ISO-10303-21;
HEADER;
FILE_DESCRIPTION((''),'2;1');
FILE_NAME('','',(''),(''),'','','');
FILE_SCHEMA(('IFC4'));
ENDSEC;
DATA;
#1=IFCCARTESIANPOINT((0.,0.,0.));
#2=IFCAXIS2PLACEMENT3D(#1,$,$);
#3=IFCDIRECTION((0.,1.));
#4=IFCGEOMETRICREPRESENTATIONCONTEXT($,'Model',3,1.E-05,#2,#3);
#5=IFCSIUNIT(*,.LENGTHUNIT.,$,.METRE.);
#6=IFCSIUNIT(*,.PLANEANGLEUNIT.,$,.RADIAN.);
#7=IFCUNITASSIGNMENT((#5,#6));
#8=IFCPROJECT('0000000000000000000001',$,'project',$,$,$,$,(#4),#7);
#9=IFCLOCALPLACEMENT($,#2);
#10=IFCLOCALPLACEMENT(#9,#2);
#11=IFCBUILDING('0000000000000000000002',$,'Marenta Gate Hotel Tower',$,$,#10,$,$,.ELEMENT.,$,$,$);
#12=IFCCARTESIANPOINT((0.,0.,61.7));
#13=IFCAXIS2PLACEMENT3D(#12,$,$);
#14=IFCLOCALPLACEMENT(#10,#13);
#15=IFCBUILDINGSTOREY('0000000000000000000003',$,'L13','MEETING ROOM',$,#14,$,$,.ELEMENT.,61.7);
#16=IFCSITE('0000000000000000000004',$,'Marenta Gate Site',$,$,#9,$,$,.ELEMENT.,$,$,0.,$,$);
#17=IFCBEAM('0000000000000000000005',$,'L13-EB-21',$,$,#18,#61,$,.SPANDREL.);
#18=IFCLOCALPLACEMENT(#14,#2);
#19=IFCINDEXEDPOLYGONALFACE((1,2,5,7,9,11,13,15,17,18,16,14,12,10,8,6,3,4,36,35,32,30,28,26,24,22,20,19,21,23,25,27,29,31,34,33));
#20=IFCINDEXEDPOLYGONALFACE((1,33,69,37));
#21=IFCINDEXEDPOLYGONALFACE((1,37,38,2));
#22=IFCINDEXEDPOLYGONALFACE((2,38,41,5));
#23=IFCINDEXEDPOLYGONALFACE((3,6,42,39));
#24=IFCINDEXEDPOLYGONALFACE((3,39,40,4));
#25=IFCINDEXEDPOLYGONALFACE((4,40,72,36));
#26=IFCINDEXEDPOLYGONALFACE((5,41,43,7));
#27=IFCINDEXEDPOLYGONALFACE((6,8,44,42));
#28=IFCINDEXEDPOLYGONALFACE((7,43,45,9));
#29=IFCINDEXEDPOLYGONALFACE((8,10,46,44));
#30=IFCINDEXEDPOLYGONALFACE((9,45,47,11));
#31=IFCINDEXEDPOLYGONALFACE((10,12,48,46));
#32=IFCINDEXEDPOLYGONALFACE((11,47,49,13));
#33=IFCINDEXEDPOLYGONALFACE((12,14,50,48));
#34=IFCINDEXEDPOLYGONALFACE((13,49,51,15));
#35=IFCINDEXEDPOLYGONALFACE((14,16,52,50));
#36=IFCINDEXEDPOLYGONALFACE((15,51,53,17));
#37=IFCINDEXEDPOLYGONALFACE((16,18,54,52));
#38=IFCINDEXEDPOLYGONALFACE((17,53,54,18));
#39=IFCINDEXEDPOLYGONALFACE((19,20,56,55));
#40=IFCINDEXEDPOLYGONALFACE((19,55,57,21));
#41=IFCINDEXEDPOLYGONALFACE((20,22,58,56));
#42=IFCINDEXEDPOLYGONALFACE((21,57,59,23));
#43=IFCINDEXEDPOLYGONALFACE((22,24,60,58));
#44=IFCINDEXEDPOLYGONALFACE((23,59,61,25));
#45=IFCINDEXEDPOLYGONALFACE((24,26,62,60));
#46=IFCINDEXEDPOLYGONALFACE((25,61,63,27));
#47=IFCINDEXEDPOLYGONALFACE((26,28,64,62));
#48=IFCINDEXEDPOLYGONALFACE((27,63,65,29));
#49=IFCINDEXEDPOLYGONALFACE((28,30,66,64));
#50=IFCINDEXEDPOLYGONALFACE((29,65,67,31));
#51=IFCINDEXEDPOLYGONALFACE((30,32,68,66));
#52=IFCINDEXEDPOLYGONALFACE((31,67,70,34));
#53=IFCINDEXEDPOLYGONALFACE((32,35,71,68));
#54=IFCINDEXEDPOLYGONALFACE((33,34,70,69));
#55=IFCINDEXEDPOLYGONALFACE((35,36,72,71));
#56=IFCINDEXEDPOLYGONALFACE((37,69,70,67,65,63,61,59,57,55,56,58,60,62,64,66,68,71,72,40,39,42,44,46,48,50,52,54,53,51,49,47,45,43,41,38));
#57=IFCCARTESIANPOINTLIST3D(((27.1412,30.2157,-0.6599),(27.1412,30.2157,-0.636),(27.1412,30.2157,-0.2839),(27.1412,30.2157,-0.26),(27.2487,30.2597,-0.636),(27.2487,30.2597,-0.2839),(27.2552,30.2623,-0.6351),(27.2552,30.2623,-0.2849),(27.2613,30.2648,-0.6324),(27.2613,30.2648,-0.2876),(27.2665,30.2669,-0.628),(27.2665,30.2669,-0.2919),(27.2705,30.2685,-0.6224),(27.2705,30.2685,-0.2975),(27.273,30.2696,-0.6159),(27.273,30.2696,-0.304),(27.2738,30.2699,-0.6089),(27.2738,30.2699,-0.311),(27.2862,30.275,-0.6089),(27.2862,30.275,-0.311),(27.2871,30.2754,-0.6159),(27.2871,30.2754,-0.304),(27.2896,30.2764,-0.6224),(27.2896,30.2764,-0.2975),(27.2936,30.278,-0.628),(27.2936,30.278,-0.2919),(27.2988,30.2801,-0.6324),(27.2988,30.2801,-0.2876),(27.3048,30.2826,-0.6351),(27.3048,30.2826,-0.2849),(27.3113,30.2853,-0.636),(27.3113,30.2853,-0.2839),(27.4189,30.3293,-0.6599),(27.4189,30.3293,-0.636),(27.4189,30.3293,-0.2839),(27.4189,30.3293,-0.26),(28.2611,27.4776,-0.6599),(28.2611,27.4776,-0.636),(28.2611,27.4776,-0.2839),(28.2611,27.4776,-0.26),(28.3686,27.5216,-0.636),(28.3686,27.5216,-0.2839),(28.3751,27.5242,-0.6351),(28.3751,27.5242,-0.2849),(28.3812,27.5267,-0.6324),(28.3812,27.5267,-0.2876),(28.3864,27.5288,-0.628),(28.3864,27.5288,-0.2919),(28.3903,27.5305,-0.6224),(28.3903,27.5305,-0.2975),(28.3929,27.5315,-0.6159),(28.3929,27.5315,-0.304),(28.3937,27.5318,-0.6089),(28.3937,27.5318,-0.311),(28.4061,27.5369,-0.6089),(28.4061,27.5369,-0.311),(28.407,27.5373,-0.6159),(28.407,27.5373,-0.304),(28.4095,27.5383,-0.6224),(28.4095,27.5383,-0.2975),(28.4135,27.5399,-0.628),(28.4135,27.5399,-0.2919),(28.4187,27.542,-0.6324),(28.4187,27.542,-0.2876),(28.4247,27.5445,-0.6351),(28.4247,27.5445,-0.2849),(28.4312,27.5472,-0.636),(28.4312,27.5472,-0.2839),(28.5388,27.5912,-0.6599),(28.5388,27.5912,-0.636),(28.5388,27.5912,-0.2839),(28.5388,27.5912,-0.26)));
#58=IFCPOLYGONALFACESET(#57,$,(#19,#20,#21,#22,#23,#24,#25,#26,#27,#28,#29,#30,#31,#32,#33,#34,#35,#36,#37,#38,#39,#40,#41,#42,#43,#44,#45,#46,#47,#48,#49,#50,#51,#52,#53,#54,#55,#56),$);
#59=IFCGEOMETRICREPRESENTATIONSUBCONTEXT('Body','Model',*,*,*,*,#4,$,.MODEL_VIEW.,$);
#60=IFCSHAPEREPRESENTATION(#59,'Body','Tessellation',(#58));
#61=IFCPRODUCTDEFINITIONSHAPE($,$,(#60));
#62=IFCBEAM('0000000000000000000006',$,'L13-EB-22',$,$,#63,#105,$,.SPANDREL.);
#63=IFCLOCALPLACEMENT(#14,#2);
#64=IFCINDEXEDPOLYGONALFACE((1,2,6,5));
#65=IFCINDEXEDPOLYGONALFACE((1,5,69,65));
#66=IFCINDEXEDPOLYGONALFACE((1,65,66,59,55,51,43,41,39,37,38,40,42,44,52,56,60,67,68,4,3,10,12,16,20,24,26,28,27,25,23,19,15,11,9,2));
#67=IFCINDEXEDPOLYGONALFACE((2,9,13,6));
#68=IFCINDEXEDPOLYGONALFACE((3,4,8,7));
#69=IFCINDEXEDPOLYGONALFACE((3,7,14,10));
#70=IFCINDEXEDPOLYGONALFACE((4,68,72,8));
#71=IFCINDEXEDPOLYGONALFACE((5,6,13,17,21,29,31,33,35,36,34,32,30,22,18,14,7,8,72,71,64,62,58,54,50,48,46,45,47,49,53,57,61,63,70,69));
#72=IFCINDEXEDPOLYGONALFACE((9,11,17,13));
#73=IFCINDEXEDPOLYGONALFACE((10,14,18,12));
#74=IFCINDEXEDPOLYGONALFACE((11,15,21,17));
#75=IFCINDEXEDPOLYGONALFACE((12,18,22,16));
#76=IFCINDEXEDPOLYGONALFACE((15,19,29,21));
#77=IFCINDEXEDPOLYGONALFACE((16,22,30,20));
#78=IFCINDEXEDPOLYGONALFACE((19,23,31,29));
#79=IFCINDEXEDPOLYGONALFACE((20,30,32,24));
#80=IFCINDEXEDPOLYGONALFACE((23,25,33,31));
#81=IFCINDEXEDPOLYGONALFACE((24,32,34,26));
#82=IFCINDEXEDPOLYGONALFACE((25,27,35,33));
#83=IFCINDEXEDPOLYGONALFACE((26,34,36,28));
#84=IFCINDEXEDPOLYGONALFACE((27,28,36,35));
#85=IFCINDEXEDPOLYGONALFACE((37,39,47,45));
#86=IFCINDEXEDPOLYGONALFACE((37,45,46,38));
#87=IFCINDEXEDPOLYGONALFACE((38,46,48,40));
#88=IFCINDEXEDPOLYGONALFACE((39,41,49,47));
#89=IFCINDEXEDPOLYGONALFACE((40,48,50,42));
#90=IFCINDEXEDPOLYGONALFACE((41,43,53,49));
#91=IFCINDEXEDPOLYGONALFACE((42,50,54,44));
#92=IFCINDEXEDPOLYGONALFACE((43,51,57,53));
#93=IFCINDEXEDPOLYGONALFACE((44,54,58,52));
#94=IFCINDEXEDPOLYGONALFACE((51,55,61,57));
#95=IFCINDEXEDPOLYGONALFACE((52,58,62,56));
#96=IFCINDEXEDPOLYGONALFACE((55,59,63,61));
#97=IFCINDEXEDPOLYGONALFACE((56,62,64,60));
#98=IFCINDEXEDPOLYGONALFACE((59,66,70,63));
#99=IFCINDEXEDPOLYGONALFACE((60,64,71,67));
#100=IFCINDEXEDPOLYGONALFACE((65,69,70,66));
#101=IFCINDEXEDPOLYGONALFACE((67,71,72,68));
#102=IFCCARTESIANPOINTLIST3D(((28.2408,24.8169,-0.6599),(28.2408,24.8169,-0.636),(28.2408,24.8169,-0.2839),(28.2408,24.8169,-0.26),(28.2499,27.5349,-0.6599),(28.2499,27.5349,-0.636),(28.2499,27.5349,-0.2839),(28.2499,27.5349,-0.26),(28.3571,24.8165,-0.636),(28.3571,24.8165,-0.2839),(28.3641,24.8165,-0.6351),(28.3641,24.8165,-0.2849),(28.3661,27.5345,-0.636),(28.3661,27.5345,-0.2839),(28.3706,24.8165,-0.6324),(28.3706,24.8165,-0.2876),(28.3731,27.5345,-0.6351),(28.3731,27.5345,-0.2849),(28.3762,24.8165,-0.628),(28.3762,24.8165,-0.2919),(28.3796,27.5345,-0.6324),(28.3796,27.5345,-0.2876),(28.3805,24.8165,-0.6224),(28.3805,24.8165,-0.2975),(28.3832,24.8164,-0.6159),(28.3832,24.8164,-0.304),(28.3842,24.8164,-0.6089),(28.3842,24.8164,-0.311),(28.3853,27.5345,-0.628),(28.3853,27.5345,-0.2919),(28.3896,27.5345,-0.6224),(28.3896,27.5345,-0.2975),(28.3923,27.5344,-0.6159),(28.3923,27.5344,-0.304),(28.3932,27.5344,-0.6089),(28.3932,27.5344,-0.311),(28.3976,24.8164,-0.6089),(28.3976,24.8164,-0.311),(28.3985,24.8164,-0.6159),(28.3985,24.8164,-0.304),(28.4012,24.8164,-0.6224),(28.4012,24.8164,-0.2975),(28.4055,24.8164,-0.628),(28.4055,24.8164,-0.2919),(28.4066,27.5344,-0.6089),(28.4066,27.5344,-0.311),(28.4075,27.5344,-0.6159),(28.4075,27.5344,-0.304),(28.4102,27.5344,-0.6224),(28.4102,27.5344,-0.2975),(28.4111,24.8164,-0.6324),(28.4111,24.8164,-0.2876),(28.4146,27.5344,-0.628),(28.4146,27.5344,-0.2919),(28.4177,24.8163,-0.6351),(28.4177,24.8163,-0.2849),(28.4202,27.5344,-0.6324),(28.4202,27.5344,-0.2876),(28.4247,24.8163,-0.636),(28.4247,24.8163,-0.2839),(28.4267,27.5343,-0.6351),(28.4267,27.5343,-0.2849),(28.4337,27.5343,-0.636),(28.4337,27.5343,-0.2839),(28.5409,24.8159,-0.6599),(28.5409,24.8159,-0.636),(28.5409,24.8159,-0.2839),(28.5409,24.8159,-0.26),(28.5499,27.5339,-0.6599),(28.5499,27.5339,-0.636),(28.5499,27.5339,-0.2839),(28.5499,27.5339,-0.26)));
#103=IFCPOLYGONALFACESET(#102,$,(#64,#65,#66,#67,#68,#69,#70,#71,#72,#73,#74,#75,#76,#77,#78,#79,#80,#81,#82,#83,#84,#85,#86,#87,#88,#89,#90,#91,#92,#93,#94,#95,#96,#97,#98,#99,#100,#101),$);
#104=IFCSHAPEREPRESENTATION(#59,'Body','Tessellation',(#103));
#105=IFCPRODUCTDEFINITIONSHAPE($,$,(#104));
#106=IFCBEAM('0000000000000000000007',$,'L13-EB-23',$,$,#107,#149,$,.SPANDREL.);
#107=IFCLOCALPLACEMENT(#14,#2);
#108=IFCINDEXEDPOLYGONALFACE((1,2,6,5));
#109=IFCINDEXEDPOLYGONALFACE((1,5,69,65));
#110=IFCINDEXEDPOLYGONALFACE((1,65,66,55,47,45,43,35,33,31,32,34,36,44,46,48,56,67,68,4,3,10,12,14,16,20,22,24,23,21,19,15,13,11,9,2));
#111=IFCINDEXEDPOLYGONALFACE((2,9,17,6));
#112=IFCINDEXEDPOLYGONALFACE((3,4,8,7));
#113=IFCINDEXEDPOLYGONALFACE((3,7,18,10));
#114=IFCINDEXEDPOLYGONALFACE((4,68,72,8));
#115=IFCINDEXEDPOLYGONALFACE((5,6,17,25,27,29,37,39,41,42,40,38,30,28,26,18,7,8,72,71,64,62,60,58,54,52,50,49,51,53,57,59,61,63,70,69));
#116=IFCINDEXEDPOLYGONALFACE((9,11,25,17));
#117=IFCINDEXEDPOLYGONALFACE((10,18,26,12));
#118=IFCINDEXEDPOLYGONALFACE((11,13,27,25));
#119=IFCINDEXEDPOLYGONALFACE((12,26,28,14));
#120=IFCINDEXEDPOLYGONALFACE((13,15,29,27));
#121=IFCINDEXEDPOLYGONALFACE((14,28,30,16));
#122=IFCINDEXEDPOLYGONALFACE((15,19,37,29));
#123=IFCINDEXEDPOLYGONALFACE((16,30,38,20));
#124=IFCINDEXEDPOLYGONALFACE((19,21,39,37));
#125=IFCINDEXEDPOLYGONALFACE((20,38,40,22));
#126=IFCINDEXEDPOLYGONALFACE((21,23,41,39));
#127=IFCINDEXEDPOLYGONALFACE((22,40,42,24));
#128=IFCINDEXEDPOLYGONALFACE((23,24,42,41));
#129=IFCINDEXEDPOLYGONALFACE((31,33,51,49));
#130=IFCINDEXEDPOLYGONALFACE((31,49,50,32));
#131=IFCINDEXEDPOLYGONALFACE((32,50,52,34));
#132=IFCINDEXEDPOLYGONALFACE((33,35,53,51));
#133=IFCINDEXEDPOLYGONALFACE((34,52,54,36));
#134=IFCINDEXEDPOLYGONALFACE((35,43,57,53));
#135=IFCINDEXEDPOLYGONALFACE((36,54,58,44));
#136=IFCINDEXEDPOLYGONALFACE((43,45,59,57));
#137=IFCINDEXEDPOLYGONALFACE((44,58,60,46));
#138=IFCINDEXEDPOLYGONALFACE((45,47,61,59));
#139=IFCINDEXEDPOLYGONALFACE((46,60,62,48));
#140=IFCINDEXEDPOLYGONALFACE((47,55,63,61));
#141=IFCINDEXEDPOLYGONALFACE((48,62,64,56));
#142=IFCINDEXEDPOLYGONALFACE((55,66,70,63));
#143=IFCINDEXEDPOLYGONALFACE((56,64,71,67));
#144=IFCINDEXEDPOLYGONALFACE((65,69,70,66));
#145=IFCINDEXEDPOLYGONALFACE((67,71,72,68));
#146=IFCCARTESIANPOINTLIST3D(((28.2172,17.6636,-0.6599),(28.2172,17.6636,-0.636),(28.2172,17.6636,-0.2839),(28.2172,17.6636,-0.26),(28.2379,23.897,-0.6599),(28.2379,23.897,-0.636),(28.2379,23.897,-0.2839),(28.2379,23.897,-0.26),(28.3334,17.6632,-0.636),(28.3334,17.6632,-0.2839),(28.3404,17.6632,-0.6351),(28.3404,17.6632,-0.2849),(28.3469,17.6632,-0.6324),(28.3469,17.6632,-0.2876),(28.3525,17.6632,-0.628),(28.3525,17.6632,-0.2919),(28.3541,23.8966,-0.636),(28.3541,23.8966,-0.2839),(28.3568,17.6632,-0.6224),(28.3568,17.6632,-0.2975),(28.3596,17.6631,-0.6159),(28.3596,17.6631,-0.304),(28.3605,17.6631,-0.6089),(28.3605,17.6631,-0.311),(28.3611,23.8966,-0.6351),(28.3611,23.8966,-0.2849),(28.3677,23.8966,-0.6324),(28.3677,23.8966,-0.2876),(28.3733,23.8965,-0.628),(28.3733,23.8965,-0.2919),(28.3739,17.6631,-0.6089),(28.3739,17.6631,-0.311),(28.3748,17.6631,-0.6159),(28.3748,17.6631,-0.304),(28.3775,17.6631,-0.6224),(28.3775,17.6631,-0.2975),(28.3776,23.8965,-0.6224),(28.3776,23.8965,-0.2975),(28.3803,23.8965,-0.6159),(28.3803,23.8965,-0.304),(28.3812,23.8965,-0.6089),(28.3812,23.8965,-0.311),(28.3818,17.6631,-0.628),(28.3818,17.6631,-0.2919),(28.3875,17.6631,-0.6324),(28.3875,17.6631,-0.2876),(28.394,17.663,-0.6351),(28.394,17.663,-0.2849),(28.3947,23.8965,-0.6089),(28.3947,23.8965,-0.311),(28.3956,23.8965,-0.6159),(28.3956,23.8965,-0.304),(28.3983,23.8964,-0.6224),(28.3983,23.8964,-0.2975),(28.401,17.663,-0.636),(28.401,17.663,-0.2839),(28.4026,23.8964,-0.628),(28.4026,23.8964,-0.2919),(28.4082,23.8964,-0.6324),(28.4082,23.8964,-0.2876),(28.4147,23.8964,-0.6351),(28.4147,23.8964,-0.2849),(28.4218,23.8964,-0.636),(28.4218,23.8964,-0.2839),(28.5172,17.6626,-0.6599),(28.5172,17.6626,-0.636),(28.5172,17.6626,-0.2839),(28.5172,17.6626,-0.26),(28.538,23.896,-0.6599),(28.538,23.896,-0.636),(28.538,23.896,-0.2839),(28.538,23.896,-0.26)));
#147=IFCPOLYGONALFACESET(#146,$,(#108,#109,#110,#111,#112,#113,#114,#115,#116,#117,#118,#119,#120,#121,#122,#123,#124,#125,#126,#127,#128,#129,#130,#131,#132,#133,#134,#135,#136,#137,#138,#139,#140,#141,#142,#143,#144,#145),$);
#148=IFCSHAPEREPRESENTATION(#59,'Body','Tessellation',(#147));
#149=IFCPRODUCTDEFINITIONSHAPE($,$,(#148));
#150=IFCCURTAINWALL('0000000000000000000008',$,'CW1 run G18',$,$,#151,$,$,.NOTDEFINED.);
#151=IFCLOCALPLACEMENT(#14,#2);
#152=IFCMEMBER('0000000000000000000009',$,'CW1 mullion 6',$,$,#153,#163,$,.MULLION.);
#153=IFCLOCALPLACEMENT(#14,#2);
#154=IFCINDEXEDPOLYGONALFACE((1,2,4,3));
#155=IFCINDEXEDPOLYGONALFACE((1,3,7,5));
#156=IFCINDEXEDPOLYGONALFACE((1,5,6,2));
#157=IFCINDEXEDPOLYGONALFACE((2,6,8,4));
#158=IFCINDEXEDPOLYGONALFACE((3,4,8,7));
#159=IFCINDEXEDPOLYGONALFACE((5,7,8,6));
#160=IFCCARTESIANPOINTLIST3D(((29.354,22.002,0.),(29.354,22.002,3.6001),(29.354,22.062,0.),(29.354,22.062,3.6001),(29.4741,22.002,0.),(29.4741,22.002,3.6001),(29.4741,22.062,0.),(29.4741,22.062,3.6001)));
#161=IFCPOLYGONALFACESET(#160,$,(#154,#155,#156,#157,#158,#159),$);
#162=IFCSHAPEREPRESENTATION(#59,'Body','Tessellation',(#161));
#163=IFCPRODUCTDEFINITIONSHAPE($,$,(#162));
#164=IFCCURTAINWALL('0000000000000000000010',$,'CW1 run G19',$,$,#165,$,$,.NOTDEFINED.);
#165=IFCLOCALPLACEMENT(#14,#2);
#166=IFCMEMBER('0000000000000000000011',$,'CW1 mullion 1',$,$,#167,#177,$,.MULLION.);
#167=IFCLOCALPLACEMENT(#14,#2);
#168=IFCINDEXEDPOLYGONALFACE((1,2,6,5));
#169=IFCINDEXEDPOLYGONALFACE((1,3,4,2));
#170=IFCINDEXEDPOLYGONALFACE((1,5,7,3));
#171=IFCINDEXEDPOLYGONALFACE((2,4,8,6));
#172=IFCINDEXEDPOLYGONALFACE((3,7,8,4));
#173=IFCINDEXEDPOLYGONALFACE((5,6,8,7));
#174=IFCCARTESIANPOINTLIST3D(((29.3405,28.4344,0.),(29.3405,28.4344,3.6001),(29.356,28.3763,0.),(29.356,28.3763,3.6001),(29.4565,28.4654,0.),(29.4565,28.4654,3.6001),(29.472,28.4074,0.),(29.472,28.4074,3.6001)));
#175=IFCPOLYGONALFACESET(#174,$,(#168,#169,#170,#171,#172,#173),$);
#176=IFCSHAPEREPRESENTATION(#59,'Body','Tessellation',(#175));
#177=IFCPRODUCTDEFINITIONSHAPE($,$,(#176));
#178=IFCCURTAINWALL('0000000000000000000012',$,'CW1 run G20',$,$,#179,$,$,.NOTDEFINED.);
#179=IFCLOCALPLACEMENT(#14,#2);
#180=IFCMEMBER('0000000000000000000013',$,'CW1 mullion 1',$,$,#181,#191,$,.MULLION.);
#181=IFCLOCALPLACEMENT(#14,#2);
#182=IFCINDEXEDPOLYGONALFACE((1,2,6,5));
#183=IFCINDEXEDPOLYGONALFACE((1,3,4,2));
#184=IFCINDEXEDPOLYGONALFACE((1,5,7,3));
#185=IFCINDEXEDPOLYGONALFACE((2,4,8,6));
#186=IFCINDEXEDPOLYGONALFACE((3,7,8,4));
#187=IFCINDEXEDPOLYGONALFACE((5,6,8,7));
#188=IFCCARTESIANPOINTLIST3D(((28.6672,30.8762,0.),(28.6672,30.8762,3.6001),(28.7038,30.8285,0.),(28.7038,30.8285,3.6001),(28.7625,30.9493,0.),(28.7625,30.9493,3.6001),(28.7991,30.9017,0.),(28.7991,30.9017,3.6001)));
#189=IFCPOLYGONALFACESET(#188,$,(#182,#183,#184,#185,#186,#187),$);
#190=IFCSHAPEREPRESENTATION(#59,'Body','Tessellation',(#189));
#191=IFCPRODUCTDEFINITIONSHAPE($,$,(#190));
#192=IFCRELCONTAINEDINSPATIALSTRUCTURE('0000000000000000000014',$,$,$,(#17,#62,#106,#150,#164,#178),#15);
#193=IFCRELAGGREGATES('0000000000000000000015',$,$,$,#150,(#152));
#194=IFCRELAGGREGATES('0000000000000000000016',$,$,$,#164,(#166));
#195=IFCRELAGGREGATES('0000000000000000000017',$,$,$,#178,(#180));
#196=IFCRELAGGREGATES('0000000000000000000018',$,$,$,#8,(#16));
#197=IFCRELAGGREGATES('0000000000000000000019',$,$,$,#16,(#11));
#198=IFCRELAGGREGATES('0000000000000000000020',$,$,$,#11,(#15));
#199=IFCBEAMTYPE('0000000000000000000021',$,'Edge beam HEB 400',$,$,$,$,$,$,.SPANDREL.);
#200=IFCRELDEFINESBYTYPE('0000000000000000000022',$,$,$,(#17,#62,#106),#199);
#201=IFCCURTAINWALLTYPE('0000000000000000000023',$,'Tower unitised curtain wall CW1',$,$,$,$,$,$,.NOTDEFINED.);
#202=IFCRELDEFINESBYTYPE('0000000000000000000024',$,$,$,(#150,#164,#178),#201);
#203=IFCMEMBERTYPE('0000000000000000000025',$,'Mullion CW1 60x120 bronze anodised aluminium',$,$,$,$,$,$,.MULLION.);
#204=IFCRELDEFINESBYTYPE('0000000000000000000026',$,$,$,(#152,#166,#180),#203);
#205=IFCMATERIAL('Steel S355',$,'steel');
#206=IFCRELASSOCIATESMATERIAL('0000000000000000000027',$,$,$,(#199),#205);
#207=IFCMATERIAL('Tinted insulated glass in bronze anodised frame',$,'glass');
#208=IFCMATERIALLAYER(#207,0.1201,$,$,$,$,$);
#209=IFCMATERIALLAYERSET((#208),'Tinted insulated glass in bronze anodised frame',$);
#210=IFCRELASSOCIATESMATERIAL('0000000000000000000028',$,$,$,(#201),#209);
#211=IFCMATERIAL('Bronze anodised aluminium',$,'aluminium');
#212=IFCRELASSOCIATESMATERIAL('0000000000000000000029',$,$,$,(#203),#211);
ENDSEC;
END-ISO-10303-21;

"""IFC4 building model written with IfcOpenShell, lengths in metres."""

from ifc_helpers import new_model, si_unit, direction, frame, origin, origin_2d, place, context, subcontext, project, spatial, rectangle, i_section, extrude, material, layer, layer_set, material_profile, profile_set, type_object, element, aggregate, save


model = new_model("IFC4")

# Units and contexts
model_context = context("Model", 3, precision=1e-05, world=origin(), true_north=direction((0.0, 1.0)))
body_context = subcontext(model_context, "Body", "Model", "MODEL_VIEW")
ifc_project = project(units=[si_unit("LENGTHUNIT", "METRE"), si_unit("PLANEANGLEUNIT", "RADIAN")], contexts=[model_context])

# Site, building, storey
site_placement = place(None, origin())
site = spatial("IfcSite", under=ifc_project, at=site_placement, Name="Marenta Gate Site", CompositionType="ELEMENT", RefElevation=0.0)
building_placement = place(site_placement, origin())
building = spatial("IfcBuilding", under=site, at=building_placement, Name="Marenta Gate Hotel Tower", CompositionType="ELEMENT")
storey_placement = place(building_placement, frame((0.0, 0.0, 61.7)))
storey = spatial("IfcBuildingStorey", under=building, at=storey_placement, Name="L13", Description="MEETING ROOM", CompositionType="ELEMENT", Elevation=61.7)

# Beams
ifc_material_1 = material(Name="Steel S355", Category="steel")
ifc_material_profile_1 = material_profile(ifc_material_1, i_section(OverallWidth=0.3, OverallDepth=0.3999, WebThickness=0.0134, FlangeThickness=0.0239, FilletRadius=0.0271, at=origin_2d()), Name="HEB 400")
ifc_profile_set_1 = profile_set([ifc_material_profile_1], Name="Steel S355")
beam_type = type_object("IfcBeamType", Name="Edge beam HEB 400", PredefinedType="SPANDREL", material=ifc_profile_set_1)
beam_1_placement = place(storey_placement, frame((27.28, 30.2725, -0.46), z_axis=(0.378565, -0.925575, 0.0), x_axis=(0.925575, 0.378565, 0.0)))
element("IfcBeam", 1, at=beam_1_placement, inside=storey, type_object=beam_type, Name="L13-EB-21", PredefinedType="SPANDREL", context=body_context, shape_type="SweptSolid", body=[
    extrude(i_section(OverallWidth=0.3, OverallDepth=0.3999, WebThickness=0.0134, FlangeThickness=0.0239, FilletRadius=0.0271, at=origin_2d()), origin(), (0.0, 0.0, 1.0), 2.9583),
])
beam_2_placement = place(storey_placement, frame((28.3999, 27.5344, -0.46), z_axis=(-0.003323, -0.999994, 0.0), x_axis=(0.999994, -0.003323, 0.0)))
element("IfcBeam", 2, at=beam_2_placement, inside=storey, type_object=beam_type, Name="L13-EB-22", PredefinedType="SPANDREL", context=body_context, shape_type="SweptSolid", body=[
    extrude(i_section(OverallWidth=0.3, OverallDepth=0.3999, WebThickness=0.0134, FlangeThickness=0.0239, FilletRadius=0.0271, at=origin_2d()), origin(), (0.0, 0.0, 1.0), 2.718),
])
beam_3_placement = place(storey_placement, frame((28.3879, 23.8965, -0.46), z_axis=(-0.003329, -0.999994, 0.0), x_axis=(0.999994, -0.003329, 0.0)))
element("IfcBeam", 3, at=beam_3_placement, inside=storey, type_object=beam_type, Name="L13-EB-23", PredefinedType="SPANDREL", context=body_context, shape_type="SweptSolid", body=[
    extrude(i_section(OverallWidth=0.3, OverallDepth=0.3999, WebThickness=0.0134, FlangeThickness=0.0239, FilletRadius=0.0271, at=origin_2d()), origin(), (0.0, 0.0, 1.0), 6.2334),
])

# Curtain walls, members
ifc_material_2 = material(Name="Tinted insulated glass in bronze anodised frame", Category="glass")
ifc_layer_1 = layer(ifc_material_2, 0.1201)
ifc_layer_set_1 = layer_set([ifc_layer_1], Name="Tinted insulated glass in bronze anodised frame")
curtain_wall_type = type_object("IfcCurtainWallType", Name="Tower unitised curtain wall CW1", PredefinedType="NOTDEFINED", material=ifc_layer_set_1)
curtain_wall_1_placement = place(storey_placement, origin())
curtain_wall_1 = element("IfcCurtainWall", 4, at=curtain_wall_1_placement, inside=storey, type_object=curtain_wall_type, Name="CW1 run G18", PredefinedType="NOTDEFINED")
ifc_material_3 = material(Name="Bronze anodised aluminium", Category="aluminium")
ifc_material_profile_2 = material_profile(ifc_material_3, rectangle(XDim=0.1201, YDim=0.0601, at=origin_2d()), Name="Mullion CW1 60x120 bronze anodised aluminium")
ifc_profile_set_2 = profile_set([ifc_material_profile_2], Name="Bronze anodised aluminium")
member_type_1 = type_object("IfcMemberType", Name="Mullion CW1 60x120 bronze anodised aluminium", PredefinedType="MULLION", material=ifc_profile_set_2)
member_1_placement = place(storey_placement, frame((29.4141, 22.032, 0.0), z_axis=(0.0, 0.0, 1.0), x_axis=(-1.0, 0.0, 0.0)))
member_1 = element("IfcMember", 5, at=member_1_placement, type_object=member_type_1, Name="CW1 mullion 6", PredefinedType="MULLION", context=body_context, shape_type="SweptSolid", body=[
    extrude(rectangle(XDim=0.1201, YDim=0.0601, at=origin_2d()), origin(), (0.0, 0.0, 1.0), 3.6001),
])
curtain_wall_2_placement = place(storey_placement, origin())
curtain_wall_2 = element("IfcCurtainWall", 6, at=curtain_wall_2_placement, inside=storey, type_object=curtain_wall_type, Name="CW1 run G19", PredefinedType="NOTDEFINED")
member_2_placement = place(storey_placement, frame((29.4062, 28.4209, 0.0), z_axis=(0.0, 0.0, 1.0), x_axis=(-0.965925, -0.258822, 0.0)))
member_2 = element("IfcMember", 7, at=member_2_placement, type_object=member_type_1, Name="CW1 mullion 1", PredefinedType="MULLION", context=body_context, shape_type="SweptSolid", body=[
    extrude(rectangle(XDim=0.1201, YDim=0.0601, at=origin_2d()), origin(), (0.0, 0.0, 1.0), 3.6001),
])
curtain_wall_3_placement = place(storey_placement, origin())
curtain_wall_3 = element("IfcCurtainWall", 8, at=curtain_wall_3_placement, inside=storey, type_object=curtain_wall_type, Name="CW1 run G20", PredefinedType="NOTDEFINED")
member_3_placement = place(storey_placement, frame((28.7332, 30.8889, 0.0), z_axis=(0.0, 0.0, 1.0), x_axis=(-0.793338, -0.608781, 0.0)))
member_3 = element("IfcMember", 9, at=member_3_placement, type_object=member_type_1, Name="CW1 mullion 1", PredefinedType="MULLION", context=body_context, shape_type="SweptSolid", body=[
    extrude(rectangle(XDim=0.1201, YDim=0.0601, at=origin_2d()), origin(), (0.0, 0.0, 1.0), 3.6001),
])

aggregate(curtain_wall_1, [member_1])
aggregate(curtain_wall_2, [member_2])
aggregate(curtain_wall_3, [member_3])

save(model, "model.ifc")
